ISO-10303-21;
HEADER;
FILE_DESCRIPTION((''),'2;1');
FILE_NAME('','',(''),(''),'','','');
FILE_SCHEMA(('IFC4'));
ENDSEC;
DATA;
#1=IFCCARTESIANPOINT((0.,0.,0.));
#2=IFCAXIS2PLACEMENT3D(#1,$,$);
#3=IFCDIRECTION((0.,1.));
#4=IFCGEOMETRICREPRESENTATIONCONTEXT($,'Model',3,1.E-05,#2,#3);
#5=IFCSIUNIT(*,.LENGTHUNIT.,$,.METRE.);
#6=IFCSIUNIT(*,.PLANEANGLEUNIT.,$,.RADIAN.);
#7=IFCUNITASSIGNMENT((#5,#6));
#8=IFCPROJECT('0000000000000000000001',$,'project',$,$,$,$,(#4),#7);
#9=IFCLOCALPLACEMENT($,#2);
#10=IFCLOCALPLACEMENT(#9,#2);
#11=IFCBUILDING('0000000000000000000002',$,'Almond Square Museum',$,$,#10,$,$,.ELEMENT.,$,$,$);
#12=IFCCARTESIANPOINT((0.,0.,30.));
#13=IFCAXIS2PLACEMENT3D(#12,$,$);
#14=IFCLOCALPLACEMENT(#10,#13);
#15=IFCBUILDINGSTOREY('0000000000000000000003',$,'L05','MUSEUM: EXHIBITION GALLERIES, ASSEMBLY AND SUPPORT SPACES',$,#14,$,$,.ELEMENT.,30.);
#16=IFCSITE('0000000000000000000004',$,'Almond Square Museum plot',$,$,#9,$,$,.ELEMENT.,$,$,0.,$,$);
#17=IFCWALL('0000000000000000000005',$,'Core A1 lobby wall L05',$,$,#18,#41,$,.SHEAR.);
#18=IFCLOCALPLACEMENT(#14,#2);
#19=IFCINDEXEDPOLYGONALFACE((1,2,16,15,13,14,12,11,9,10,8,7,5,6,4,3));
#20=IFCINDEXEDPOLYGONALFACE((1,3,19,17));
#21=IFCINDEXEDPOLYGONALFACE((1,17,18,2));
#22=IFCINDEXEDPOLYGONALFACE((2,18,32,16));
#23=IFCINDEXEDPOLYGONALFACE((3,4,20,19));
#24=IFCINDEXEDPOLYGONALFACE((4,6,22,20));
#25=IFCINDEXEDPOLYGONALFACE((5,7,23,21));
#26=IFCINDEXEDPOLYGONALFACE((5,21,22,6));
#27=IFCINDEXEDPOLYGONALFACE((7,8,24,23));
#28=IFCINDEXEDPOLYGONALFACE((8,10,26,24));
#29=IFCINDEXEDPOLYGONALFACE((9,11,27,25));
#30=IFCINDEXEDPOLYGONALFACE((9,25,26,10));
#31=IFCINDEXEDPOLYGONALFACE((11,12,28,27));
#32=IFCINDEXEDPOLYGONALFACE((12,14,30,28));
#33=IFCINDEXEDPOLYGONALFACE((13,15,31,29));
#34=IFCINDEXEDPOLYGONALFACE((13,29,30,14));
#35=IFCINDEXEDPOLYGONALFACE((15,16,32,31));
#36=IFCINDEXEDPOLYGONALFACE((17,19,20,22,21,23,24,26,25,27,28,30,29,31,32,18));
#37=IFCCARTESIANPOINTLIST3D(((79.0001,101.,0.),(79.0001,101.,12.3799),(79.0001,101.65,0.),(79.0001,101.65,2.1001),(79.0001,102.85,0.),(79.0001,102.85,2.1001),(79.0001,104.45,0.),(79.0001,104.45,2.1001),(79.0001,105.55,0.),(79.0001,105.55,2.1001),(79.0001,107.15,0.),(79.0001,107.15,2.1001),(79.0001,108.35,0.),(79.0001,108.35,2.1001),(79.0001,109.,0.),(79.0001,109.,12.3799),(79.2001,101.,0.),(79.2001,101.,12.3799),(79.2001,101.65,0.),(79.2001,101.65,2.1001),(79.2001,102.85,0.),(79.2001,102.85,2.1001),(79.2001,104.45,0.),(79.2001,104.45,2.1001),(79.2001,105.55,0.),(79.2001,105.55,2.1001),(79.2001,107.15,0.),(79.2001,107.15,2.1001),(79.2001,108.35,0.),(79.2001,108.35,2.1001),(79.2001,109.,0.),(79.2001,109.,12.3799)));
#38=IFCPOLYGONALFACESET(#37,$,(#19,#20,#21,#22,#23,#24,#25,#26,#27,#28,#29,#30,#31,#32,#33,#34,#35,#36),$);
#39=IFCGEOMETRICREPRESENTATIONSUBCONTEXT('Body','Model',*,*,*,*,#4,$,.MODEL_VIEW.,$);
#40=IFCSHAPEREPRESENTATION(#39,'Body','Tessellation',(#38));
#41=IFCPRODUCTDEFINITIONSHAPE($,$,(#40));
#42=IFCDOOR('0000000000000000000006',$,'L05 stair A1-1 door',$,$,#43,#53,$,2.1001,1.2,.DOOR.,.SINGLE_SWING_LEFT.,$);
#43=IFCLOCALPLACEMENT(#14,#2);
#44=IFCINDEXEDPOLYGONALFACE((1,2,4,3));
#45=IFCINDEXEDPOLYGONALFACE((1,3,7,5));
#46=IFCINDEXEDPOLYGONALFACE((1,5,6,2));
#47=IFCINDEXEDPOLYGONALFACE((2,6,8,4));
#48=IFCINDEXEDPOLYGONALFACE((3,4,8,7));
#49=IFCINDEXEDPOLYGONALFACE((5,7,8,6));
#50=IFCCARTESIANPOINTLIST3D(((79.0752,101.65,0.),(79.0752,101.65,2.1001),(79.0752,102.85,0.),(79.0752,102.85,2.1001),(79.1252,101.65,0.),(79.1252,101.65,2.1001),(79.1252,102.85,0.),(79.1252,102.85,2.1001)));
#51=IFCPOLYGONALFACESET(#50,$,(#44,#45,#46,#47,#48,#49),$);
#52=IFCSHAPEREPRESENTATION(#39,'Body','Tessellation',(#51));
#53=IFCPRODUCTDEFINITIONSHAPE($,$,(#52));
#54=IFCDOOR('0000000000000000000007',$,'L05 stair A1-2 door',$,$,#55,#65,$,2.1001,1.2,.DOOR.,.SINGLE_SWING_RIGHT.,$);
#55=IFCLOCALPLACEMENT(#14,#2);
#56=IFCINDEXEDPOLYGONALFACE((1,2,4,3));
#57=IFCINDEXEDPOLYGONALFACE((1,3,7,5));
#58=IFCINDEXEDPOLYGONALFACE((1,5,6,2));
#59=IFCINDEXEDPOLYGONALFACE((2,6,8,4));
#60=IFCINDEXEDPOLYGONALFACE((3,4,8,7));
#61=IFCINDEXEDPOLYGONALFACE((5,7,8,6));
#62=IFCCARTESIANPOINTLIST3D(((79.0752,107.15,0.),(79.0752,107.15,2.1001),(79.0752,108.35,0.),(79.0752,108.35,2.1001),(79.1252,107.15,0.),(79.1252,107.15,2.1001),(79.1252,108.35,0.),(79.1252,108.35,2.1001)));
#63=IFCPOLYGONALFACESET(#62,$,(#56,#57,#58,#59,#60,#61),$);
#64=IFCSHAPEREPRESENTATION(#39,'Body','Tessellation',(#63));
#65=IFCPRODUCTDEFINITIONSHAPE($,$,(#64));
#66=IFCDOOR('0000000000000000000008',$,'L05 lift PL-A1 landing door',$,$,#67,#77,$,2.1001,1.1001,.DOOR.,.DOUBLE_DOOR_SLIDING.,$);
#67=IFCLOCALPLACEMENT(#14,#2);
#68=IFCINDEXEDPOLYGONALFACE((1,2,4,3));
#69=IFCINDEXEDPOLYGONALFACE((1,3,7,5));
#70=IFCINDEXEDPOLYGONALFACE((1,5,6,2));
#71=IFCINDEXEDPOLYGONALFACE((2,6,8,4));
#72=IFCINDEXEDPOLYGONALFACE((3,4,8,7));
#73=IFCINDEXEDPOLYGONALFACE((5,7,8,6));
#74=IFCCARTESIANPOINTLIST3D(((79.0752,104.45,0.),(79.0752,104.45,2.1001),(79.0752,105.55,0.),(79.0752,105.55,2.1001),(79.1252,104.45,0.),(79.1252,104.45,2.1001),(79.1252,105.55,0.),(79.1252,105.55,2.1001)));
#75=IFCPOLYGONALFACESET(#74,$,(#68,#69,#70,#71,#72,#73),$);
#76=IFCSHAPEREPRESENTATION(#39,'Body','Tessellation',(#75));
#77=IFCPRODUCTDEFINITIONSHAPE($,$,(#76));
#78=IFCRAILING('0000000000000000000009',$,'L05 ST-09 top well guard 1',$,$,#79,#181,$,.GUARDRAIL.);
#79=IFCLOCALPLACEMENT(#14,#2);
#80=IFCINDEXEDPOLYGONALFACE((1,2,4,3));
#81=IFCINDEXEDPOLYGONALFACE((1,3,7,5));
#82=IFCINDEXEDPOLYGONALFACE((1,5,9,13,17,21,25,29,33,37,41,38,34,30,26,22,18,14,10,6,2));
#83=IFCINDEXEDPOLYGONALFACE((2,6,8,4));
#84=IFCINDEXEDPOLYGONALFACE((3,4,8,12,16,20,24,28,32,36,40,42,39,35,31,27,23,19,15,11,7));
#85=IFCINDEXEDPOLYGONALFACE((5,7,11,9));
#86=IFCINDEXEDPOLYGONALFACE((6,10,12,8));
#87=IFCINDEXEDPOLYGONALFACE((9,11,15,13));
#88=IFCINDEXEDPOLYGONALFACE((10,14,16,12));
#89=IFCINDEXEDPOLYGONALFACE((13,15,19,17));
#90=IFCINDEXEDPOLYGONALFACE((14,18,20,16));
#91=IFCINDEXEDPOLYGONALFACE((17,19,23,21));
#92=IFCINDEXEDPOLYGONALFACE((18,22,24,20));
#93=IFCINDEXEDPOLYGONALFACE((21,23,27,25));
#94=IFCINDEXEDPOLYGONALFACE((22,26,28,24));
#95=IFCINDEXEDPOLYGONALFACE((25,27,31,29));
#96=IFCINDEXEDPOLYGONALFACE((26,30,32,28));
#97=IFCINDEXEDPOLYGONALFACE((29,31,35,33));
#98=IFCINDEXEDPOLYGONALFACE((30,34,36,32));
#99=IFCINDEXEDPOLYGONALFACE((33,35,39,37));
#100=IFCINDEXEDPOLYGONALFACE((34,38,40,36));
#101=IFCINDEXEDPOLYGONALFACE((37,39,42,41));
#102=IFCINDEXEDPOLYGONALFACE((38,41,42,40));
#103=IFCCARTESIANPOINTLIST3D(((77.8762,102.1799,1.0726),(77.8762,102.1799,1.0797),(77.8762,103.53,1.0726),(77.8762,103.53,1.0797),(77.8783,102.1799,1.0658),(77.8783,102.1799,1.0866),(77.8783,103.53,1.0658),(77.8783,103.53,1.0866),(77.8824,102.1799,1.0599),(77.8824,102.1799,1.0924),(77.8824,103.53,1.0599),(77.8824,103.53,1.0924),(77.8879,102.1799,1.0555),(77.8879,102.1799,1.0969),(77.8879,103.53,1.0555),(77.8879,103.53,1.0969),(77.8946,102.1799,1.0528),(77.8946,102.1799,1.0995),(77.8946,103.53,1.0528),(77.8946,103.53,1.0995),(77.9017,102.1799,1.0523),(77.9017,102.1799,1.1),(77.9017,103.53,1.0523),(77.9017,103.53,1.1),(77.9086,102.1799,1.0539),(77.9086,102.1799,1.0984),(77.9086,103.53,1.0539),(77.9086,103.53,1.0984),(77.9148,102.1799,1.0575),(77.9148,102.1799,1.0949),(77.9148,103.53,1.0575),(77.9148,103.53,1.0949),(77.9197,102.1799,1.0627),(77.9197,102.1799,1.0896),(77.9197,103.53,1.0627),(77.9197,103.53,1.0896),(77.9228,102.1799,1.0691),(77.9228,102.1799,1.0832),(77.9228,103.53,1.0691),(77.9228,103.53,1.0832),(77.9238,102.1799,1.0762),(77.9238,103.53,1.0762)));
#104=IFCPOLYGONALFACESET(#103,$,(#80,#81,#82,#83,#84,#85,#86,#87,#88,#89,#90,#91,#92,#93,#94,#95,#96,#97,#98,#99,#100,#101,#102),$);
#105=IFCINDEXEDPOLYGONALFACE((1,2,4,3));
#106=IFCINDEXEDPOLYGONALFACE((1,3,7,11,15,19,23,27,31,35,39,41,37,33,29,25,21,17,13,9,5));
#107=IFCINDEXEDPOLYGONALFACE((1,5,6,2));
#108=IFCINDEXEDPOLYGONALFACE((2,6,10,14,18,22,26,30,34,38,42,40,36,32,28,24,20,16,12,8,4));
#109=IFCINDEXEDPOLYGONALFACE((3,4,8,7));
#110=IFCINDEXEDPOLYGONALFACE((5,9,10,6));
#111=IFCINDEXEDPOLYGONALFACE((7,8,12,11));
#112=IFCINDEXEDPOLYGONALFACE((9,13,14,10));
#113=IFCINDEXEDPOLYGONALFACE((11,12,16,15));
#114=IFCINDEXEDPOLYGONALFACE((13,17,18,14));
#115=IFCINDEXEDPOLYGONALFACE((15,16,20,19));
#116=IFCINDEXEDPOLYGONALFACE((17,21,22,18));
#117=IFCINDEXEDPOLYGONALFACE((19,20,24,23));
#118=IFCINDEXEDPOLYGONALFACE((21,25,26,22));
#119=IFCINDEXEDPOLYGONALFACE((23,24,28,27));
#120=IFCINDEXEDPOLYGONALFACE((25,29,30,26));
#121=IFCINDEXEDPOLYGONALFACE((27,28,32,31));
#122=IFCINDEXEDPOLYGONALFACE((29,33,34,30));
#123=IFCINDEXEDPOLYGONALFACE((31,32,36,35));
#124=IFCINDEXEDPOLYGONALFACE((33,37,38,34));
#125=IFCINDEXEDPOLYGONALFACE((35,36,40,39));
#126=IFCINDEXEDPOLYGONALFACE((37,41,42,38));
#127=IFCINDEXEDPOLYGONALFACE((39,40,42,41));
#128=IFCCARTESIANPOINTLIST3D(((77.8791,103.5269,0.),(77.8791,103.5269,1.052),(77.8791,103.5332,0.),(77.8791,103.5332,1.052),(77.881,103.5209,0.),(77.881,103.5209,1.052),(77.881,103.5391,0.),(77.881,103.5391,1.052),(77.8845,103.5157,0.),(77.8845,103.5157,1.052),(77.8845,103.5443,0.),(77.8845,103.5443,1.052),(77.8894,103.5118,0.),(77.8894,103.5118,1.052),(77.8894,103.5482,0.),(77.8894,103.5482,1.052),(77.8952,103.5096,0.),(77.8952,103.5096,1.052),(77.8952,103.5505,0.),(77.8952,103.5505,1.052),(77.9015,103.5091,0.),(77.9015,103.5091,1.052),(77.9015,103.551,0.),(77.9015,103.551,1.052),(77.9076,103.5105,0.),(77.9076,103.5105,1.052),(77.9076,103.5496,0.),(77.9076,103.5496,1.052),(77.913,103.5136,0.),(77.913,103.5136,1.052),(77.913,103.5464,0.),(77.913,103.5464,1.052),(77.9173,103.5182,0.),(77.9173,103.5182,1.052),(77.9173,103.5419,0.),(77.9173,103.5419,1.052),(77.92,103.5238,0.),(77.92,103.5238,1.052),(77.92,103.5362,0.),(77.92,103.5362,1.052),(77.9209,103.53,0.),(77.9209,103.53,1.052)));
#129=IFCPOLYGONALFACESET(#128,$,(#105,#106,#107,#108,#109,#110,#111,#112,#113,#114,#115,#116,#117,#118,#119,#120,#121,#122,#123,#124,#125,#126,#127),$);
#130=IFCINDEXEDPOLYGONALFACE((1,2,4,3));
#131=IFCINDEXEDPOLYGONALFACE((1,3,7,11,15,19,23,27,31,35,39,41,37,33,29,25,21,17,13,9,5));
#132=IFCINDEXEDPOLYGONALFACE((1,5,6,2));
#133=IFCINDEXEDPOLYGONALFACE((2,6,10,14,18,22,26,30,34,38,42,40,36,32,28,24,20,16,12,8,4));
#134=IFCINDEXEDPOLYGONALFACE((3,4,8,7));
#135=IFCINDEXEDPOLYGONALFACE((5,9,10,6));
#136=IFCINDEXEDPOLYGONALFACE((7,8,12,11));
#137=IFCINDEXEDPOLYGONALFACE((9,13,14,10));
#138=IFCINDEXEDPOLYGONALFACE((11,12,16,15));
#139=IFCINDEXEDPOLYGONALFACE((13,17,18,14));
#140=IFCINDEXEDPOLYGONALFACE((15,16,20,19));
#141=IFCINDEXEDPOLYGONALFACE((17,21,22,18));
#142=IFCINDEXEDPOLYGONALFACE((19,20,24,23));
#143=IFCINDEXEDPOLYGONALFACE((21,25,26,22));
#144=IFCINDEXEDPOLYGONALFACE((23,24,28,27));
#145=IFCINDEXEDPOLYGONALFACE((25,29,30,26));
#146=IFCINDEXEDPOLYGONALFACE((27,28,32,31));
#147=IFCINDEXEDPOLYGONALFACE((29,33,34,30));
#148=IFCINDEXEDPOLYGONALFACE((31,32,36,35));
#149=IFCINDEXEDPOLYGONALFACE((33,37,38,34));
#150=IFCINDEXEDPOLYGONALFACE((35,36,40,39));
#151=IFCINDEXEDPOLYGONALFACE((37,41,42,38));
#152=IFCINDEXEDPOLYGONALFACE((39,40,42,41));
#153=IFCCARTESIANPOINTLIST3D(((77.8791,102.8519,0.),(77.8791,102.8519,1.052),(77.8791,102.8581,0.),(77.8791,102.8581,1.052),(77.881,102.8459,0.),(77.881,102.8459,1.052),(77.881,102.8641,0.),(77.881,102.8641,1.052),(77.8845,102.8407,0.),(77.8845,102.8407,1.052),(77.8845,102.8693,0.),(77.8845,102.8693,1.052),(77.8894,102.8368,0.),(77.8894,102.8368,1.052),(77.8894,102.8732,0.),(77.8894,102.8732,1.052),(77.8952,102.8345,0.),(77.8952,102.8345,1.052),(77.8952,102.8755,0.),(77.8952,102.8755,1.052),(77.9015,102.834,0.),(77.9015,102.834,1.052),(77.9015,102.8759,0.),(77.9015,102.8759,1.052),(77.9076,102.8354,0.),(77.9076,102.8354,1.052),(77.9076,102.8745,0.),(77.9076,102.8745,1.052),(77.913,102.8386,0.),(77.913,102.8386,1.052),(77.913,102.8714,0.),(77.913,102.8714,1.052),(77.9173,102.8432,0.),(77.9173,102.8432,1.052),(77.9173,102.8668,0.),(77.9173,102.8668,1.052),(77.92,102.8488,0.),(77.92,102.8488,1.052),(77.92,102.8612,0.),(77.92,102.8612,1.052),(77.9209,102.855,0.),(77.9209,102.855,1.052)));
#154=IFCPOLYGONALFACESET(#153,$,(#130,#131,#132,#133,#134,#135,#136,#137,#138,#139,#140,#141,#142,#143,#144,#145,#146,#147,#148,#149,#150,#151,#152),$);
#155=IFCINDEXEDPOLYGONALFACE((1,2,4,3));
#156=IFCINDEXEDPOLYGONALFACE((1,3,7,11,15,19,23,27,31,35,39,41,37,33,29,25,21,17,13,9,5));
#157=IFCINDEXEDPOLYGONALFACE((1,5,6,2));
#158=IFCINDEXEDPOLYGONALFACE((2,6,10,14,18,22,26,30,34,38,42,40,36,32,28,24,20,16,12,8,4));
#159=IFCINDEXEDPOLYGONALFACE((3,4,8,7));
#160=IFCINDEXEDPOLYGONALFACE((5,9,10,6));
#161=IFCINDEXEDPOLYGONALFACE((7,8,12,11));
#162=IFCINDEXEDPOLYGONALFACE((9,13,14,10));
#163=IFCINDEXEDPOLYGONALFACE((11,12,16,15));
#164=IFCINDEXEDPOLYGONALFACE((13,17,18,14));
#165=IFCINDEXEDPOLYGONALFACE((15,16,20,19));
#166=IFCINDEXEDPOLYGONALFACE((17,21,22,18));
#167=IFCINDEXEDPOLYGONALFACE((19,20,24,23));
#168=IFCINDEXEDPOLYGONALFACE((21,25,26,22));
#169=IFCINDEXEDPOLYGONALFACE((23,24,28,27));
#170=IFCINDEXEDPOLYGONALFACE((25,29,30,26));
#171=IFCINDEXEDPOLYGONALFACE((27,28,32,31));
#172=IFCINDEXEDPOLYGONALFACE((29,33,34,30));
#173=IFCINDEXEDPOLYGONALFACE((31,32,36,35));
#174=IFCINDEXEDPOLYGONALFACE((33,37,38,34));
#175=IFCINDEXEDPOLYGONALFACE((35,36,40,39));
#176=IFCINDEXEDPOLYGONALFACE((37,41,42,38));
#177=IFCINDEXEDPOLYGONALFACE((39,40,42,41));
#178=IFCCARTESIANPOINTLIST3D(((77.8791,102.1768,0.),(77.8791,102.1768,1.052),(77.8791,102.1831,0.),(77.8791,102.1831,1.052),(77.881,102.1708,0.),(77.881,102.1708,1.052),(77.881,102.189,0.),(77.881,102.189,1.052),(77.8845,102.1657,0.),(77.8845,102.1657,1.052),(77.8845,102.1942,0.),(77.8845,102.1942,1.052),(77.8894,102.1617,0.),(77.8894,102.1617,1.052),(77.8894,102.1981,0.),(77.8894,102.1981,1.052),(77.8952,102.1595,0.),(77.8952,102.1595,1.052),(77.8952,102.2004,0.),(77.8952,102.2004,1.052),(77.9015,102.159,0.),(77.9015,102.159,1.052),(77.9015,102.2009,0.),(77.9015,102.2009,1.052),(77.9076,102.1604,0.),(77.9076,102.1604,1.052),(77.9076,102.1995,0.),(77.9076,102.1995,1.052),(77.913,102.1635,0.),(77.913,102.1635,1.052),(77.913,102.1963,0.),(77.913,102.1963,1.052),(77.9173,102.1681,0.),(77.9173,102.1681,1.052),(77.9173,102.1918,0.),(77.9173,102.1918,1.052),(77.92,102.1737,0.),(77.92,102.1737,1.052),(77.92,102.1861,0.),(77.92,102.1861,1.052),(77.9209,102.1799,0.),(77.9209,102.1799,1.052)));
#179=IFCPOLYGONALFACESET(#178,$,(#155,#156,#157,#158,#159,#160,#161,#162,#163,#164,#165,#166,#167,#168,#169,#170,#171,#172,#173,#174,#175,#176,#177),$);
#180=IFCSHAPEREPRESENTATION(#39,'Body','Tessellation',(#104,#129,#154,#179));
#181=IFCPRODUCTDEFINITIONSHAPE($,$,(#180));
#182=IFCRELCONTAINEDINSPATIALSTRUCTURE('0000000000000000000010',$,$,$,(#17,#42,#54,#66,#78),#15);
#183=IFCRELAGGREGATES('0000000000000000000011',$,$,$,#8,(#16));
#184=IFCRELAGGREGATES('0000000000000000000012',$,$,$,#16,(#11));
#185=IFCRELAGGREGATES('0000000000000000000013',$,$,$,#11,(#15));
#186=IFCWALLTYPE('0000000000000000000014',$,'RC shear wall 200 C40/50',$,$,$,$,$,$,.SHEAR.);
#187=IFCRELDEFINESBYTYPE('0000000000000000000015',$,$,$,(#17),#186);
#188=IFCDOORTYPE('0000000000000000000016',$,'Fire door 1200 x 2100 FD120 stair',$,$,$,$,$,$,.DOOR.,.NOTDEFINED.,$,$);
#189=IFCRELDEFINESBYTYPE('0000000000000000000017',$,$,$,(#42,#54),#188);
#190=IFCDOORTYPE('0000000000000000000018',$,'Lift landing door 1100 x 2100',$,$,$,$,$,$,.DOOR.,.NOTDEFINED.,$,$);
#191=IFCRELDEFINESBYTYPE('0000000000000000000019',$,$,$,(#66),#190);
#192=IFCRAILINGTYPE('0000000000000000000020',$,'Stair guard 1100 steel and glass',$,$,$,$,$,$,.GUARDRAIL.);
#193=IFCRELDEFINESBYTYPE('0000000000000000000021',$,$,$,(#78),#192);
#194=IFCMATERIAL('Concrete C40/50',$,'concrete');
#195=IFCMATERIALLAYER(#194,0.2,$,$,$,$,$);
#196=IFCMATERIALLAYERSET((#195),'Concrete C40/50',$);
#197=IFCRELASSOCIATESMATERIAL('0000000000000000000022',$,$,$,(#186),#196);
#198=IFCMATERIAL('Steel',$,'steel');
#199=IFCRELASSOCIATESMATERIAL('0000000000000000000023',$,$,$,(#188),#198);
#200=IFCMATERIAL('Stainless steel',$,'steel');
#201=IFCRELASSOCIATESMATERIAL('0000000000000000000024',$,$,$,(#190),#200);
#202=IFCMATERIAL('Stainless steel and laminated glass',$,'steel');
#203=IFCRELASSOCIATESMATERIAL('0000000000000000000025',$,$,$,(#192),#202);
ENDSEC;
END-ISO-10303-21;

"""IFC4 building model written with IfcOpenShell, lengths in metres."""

from ifc_helpers import new_model, si_unit, direction, frame, frame_2d, origin, origin_2d, place, context, subcontext, project, spatial, rectangle, circle, extrude, material, layer, layer_set, type_object, element, fill, save


model = new_model("IFC4")

# Units and contexts
model_context = context("Model", 3, precision=1e-05, world=origin(), true_north=direction((0.0, 1.0)))
body_context = subcontext(model_context, "Body", "Model", "MODEL_VIEW")
ifc_project = project(units=[si_unit("LENGTHUNIT", "METRE"), si_unit("PLANEANGLEUNIT", "RADIAN")], contexts=[model_context])

# Site, building, storey
site_placement = place(None, origin())
site = spatial("IfcSite", under=ifc_project, at=site_placement, Name="Almond Square Museum plot", CompositionType="ELEMENT", RefElevation=0.0)
building_placement = place(site_placement, origin())
building = spatial("IfcBuilding", under=site, at=building_placement, Name="Almond Square Museum", CompositionType="ELEMENT")
storey_placement = place(building_placement, frame((0.0, 0.0, 30.0)))
storey = spatial("IfcBuildingStorey", under=building, at=storey_placement, Name="L05", Description="MUSEUM: EXHIBITION GALLERIES, ASSEMBLY AND SUPPORT SPACES", CompositionType="ELEMENT", Elevation=30.0)

# Wall, openings, doors
ifc_material_1 = material(Name="Concrete C40/50", Category="concrete")
ifc_layer_1 = layer(ifc_material_1, 0.2)
ifc_layer_set_1 = layer_set([ifc_layer_1], Name="Concrete C40/50")
wall_type = type_object("IfcWallType", Name="RC shear wall 200 C40/50", PredefinedType="SHEAR", material=ifc_layer_set_1)
wall_placement = place(storey_placement, frame((79.1001, 101.0, 0.0), z_axis=(0.0, 0.0, 1.0), x_axis=(0.0, 1.0, 0.0)))
wall = element("IfcWall", 1, at=wall_placement, inside=storey, type_object=wall_type, Name="Core A1 lobby wall L05", PredefinedType="SHEAR", context=body_context, shape_type="SweptSolid", body=[
    extrude(rectangle(XDim=8.0, YDim=0.2, at=frame_2d((4.0, 0.0))), origin(), (0.0, 0.0, 1.0), 12.3799),
])
opening_1_placement = place(wall_placement, frame((0.6499, 0.0, 0.0)))
opening_1 = element("IfcOpeningElement", 2, at=opening_1_placement, cuts=wall, PredefinedType="OPENING", context=body_context, shape_type="SweptSolid", body=[
    extrude(rectangle(XDim=1.2, YDim=2.1001, at=frame_2d((0.6001, 1.05))), frame((0.0, 0.1099, 0.0), z_axis=(0.0, -1.0, 0.0), x_axis=(1.0, 0.0, 0.0)), (0.0, 0.0, 1.0), 0.22),
])
opening_2_placement = place(wall_placement, frame((6.1499, 0.0, 0.0)))
opening_2 = element("IfcOpeningElement", 3, at=opening_2_placement, cuts=wall, PredefinedType="OPENING", context=body_context, shape_type="SweptSolid", body=[
    extrude(rectangle(XDim=1.2, YDim=2.1001, at=frame_2d((0.6001, 1.05))), frame((0.0, 0.1099, 0.0), z_axis=(0.0, -1.0, 0.0), x_axis=(1.0, 0.0, 0.0)), (0.0, 0.0, 1.0), 0.22),
])
opening_3_placement = place(wall_placement, frame((3.45, 0.0, 0.0)))
opening_3 = element("IfcOpeningElement", 4, at=opening_3_placement, cuts=wall, PredefinedType="OPENING", context=body_context, shape_type="SweptSolid", body=[
    extrude(rectangle(XDim=1.1001, YDim=2.1001, at=frame_2d((0.55, 1.05))), frame((0.0, 0.1099, 0.0), z_axis=(0.0, -1.0, 0.0), x_axis=(1.0, 0.0, 0.0)), (0.0, 0.0, 1.0), 0.22),
])
ifc_material_2 = material(Name="Steel", Category="steel")
door_type_1 = type_object("IfcDoorType", Name="Fire door 1200 x 2100 FD120 stair", OperationType="NOTDEFINED", PredefinedType="DOOR", material=ifc_material_2)
door_1_placement = place(opening_1_placement, origin())
door_1 = element("IfcDoor", 5, at=door_1_placement, inside=storey, type_object=door_type_1, Name="L05 stair A1-1 door", OperationType="SINGLE_SWING_LEFT", OverallHeight=2.1001, OverallWidth=1.2, PredefinedType="DOOR", context=body_context, shape_type="SweptSolid", body=[
    extrude(rectangle(XDim=1.2, YDim=2.1001, at=frame_2d((0.6001, 1.05))), frame((0.0, 0.0249, 0.0), z_axis=(0.0, -1.0, 0.0), x_axis=(1.0, 0.0, 0.0)), (0.0, 0.0, 1.0), 0.05),
])
fill(opening_1, door_1)
door_2_placement = place(opening_2_placement, origin())
door_2 = element("IfcDoor", 6, at=door_2_placement, inside=storey, type_object=door_type_1, Name="L05 stair A1-2 door", OperationType="SINGLE_SWING_RIGHT", OverallHeight=2.1001, OverallWidth=1.2, PredefinedType="DOOR", context=body_context, shape_type="SweptSolid", body=[
    extrude(rectangle(XDim=1.2, YDim=2.1001, at=frame_2d((0.6001, 1.05))), frame((0.0, 0.0249, 0.0), z_axis=(0.0, -1.0, 0.0), x_axis=(1.0, 0.0, 0.0)), (0.0, 0.0, 1.0), 0.05),
])
fill(opening_2, door_2)
ifc_material_3 = material(Name="Stainless steel", Category="steel")
door_type_2 = type_object("IfcDoorType", Name="Lift landing door 1100 x 2100", OperationType="NOTDEFINED", PredefinedType="DOOR", material=ifc_material_3)
door_3_placement = place(opening_3_placement, origin())
door_3 = element("IfcDoor", 7, at=door_3_placement, inside=storey, type_object=door_type_2, Name="L05 lift PL-A1 landing door", OperationType="DOUBLE_DOOR_SLIDING", OverallHeight=2.1001, OverallWidth=1.1001, PredefinedType="DOOR", context=body_context, shape_type="SweptSolid", body=[
    extrude(rectangle(XDim=1.1001, YDim=2.1001, at=frame_2d((0.55, 1.05))), frame((0.0, 0.0249, 0.0), z_axis=(0.0, -1.0, 0.0), x_axis=(1.0, 0.0, 0.0)), (0.0, 0.0, 1.0), 0.05),
])
fill(opening_3, door_3)

# Railing
ifc_material_4 = material(Name="Stainless steel and laminated glass", Category="steel")
railing_type = type_object("IfcRailingType", Name="Stair guard 1100 steel and glass", PredefinedType="GUARDRAIL", material=ifc_material_4)
railing_placement = place(storey_placement, frame((77.8999, 103.53, 0.0)))
element("IfcRailing", 8, at=railing_placement, inside=storey, type_object=railing_type, Name="L05 ST-09 top well guard 1", PredefinedType="GUARDRAIL", context=body_context, shape_type="SweptSolid", body=[
    extrude(circle(Radius=0.0239, at=origin_2d()), frame((0.0, 0.0, 1.0762), z_axis=(0.0, -1.0, 0.0), x_axis=(1.0, 0.0, 0.0)), (0.0, 0.0, 1.0), 1.3501),
    extrude(circle(Radius=0.021, at=origin_2d()), origin(), (0.0, 0.0, 1.0), 1.052),
    extrude(circle(Radius=0.021, at=origin_2d()), frame((0.0, -0.675, 0.0)), (0.0, 0.0, 1.0), 1.052),
    extrude(circle(Radius=0.021, at=origin_2d()), frame((0.0, -1.3501, 0.0)), (0.0, 0.0, 1.0), 1.052),
])

save(model, "model.ifc")
